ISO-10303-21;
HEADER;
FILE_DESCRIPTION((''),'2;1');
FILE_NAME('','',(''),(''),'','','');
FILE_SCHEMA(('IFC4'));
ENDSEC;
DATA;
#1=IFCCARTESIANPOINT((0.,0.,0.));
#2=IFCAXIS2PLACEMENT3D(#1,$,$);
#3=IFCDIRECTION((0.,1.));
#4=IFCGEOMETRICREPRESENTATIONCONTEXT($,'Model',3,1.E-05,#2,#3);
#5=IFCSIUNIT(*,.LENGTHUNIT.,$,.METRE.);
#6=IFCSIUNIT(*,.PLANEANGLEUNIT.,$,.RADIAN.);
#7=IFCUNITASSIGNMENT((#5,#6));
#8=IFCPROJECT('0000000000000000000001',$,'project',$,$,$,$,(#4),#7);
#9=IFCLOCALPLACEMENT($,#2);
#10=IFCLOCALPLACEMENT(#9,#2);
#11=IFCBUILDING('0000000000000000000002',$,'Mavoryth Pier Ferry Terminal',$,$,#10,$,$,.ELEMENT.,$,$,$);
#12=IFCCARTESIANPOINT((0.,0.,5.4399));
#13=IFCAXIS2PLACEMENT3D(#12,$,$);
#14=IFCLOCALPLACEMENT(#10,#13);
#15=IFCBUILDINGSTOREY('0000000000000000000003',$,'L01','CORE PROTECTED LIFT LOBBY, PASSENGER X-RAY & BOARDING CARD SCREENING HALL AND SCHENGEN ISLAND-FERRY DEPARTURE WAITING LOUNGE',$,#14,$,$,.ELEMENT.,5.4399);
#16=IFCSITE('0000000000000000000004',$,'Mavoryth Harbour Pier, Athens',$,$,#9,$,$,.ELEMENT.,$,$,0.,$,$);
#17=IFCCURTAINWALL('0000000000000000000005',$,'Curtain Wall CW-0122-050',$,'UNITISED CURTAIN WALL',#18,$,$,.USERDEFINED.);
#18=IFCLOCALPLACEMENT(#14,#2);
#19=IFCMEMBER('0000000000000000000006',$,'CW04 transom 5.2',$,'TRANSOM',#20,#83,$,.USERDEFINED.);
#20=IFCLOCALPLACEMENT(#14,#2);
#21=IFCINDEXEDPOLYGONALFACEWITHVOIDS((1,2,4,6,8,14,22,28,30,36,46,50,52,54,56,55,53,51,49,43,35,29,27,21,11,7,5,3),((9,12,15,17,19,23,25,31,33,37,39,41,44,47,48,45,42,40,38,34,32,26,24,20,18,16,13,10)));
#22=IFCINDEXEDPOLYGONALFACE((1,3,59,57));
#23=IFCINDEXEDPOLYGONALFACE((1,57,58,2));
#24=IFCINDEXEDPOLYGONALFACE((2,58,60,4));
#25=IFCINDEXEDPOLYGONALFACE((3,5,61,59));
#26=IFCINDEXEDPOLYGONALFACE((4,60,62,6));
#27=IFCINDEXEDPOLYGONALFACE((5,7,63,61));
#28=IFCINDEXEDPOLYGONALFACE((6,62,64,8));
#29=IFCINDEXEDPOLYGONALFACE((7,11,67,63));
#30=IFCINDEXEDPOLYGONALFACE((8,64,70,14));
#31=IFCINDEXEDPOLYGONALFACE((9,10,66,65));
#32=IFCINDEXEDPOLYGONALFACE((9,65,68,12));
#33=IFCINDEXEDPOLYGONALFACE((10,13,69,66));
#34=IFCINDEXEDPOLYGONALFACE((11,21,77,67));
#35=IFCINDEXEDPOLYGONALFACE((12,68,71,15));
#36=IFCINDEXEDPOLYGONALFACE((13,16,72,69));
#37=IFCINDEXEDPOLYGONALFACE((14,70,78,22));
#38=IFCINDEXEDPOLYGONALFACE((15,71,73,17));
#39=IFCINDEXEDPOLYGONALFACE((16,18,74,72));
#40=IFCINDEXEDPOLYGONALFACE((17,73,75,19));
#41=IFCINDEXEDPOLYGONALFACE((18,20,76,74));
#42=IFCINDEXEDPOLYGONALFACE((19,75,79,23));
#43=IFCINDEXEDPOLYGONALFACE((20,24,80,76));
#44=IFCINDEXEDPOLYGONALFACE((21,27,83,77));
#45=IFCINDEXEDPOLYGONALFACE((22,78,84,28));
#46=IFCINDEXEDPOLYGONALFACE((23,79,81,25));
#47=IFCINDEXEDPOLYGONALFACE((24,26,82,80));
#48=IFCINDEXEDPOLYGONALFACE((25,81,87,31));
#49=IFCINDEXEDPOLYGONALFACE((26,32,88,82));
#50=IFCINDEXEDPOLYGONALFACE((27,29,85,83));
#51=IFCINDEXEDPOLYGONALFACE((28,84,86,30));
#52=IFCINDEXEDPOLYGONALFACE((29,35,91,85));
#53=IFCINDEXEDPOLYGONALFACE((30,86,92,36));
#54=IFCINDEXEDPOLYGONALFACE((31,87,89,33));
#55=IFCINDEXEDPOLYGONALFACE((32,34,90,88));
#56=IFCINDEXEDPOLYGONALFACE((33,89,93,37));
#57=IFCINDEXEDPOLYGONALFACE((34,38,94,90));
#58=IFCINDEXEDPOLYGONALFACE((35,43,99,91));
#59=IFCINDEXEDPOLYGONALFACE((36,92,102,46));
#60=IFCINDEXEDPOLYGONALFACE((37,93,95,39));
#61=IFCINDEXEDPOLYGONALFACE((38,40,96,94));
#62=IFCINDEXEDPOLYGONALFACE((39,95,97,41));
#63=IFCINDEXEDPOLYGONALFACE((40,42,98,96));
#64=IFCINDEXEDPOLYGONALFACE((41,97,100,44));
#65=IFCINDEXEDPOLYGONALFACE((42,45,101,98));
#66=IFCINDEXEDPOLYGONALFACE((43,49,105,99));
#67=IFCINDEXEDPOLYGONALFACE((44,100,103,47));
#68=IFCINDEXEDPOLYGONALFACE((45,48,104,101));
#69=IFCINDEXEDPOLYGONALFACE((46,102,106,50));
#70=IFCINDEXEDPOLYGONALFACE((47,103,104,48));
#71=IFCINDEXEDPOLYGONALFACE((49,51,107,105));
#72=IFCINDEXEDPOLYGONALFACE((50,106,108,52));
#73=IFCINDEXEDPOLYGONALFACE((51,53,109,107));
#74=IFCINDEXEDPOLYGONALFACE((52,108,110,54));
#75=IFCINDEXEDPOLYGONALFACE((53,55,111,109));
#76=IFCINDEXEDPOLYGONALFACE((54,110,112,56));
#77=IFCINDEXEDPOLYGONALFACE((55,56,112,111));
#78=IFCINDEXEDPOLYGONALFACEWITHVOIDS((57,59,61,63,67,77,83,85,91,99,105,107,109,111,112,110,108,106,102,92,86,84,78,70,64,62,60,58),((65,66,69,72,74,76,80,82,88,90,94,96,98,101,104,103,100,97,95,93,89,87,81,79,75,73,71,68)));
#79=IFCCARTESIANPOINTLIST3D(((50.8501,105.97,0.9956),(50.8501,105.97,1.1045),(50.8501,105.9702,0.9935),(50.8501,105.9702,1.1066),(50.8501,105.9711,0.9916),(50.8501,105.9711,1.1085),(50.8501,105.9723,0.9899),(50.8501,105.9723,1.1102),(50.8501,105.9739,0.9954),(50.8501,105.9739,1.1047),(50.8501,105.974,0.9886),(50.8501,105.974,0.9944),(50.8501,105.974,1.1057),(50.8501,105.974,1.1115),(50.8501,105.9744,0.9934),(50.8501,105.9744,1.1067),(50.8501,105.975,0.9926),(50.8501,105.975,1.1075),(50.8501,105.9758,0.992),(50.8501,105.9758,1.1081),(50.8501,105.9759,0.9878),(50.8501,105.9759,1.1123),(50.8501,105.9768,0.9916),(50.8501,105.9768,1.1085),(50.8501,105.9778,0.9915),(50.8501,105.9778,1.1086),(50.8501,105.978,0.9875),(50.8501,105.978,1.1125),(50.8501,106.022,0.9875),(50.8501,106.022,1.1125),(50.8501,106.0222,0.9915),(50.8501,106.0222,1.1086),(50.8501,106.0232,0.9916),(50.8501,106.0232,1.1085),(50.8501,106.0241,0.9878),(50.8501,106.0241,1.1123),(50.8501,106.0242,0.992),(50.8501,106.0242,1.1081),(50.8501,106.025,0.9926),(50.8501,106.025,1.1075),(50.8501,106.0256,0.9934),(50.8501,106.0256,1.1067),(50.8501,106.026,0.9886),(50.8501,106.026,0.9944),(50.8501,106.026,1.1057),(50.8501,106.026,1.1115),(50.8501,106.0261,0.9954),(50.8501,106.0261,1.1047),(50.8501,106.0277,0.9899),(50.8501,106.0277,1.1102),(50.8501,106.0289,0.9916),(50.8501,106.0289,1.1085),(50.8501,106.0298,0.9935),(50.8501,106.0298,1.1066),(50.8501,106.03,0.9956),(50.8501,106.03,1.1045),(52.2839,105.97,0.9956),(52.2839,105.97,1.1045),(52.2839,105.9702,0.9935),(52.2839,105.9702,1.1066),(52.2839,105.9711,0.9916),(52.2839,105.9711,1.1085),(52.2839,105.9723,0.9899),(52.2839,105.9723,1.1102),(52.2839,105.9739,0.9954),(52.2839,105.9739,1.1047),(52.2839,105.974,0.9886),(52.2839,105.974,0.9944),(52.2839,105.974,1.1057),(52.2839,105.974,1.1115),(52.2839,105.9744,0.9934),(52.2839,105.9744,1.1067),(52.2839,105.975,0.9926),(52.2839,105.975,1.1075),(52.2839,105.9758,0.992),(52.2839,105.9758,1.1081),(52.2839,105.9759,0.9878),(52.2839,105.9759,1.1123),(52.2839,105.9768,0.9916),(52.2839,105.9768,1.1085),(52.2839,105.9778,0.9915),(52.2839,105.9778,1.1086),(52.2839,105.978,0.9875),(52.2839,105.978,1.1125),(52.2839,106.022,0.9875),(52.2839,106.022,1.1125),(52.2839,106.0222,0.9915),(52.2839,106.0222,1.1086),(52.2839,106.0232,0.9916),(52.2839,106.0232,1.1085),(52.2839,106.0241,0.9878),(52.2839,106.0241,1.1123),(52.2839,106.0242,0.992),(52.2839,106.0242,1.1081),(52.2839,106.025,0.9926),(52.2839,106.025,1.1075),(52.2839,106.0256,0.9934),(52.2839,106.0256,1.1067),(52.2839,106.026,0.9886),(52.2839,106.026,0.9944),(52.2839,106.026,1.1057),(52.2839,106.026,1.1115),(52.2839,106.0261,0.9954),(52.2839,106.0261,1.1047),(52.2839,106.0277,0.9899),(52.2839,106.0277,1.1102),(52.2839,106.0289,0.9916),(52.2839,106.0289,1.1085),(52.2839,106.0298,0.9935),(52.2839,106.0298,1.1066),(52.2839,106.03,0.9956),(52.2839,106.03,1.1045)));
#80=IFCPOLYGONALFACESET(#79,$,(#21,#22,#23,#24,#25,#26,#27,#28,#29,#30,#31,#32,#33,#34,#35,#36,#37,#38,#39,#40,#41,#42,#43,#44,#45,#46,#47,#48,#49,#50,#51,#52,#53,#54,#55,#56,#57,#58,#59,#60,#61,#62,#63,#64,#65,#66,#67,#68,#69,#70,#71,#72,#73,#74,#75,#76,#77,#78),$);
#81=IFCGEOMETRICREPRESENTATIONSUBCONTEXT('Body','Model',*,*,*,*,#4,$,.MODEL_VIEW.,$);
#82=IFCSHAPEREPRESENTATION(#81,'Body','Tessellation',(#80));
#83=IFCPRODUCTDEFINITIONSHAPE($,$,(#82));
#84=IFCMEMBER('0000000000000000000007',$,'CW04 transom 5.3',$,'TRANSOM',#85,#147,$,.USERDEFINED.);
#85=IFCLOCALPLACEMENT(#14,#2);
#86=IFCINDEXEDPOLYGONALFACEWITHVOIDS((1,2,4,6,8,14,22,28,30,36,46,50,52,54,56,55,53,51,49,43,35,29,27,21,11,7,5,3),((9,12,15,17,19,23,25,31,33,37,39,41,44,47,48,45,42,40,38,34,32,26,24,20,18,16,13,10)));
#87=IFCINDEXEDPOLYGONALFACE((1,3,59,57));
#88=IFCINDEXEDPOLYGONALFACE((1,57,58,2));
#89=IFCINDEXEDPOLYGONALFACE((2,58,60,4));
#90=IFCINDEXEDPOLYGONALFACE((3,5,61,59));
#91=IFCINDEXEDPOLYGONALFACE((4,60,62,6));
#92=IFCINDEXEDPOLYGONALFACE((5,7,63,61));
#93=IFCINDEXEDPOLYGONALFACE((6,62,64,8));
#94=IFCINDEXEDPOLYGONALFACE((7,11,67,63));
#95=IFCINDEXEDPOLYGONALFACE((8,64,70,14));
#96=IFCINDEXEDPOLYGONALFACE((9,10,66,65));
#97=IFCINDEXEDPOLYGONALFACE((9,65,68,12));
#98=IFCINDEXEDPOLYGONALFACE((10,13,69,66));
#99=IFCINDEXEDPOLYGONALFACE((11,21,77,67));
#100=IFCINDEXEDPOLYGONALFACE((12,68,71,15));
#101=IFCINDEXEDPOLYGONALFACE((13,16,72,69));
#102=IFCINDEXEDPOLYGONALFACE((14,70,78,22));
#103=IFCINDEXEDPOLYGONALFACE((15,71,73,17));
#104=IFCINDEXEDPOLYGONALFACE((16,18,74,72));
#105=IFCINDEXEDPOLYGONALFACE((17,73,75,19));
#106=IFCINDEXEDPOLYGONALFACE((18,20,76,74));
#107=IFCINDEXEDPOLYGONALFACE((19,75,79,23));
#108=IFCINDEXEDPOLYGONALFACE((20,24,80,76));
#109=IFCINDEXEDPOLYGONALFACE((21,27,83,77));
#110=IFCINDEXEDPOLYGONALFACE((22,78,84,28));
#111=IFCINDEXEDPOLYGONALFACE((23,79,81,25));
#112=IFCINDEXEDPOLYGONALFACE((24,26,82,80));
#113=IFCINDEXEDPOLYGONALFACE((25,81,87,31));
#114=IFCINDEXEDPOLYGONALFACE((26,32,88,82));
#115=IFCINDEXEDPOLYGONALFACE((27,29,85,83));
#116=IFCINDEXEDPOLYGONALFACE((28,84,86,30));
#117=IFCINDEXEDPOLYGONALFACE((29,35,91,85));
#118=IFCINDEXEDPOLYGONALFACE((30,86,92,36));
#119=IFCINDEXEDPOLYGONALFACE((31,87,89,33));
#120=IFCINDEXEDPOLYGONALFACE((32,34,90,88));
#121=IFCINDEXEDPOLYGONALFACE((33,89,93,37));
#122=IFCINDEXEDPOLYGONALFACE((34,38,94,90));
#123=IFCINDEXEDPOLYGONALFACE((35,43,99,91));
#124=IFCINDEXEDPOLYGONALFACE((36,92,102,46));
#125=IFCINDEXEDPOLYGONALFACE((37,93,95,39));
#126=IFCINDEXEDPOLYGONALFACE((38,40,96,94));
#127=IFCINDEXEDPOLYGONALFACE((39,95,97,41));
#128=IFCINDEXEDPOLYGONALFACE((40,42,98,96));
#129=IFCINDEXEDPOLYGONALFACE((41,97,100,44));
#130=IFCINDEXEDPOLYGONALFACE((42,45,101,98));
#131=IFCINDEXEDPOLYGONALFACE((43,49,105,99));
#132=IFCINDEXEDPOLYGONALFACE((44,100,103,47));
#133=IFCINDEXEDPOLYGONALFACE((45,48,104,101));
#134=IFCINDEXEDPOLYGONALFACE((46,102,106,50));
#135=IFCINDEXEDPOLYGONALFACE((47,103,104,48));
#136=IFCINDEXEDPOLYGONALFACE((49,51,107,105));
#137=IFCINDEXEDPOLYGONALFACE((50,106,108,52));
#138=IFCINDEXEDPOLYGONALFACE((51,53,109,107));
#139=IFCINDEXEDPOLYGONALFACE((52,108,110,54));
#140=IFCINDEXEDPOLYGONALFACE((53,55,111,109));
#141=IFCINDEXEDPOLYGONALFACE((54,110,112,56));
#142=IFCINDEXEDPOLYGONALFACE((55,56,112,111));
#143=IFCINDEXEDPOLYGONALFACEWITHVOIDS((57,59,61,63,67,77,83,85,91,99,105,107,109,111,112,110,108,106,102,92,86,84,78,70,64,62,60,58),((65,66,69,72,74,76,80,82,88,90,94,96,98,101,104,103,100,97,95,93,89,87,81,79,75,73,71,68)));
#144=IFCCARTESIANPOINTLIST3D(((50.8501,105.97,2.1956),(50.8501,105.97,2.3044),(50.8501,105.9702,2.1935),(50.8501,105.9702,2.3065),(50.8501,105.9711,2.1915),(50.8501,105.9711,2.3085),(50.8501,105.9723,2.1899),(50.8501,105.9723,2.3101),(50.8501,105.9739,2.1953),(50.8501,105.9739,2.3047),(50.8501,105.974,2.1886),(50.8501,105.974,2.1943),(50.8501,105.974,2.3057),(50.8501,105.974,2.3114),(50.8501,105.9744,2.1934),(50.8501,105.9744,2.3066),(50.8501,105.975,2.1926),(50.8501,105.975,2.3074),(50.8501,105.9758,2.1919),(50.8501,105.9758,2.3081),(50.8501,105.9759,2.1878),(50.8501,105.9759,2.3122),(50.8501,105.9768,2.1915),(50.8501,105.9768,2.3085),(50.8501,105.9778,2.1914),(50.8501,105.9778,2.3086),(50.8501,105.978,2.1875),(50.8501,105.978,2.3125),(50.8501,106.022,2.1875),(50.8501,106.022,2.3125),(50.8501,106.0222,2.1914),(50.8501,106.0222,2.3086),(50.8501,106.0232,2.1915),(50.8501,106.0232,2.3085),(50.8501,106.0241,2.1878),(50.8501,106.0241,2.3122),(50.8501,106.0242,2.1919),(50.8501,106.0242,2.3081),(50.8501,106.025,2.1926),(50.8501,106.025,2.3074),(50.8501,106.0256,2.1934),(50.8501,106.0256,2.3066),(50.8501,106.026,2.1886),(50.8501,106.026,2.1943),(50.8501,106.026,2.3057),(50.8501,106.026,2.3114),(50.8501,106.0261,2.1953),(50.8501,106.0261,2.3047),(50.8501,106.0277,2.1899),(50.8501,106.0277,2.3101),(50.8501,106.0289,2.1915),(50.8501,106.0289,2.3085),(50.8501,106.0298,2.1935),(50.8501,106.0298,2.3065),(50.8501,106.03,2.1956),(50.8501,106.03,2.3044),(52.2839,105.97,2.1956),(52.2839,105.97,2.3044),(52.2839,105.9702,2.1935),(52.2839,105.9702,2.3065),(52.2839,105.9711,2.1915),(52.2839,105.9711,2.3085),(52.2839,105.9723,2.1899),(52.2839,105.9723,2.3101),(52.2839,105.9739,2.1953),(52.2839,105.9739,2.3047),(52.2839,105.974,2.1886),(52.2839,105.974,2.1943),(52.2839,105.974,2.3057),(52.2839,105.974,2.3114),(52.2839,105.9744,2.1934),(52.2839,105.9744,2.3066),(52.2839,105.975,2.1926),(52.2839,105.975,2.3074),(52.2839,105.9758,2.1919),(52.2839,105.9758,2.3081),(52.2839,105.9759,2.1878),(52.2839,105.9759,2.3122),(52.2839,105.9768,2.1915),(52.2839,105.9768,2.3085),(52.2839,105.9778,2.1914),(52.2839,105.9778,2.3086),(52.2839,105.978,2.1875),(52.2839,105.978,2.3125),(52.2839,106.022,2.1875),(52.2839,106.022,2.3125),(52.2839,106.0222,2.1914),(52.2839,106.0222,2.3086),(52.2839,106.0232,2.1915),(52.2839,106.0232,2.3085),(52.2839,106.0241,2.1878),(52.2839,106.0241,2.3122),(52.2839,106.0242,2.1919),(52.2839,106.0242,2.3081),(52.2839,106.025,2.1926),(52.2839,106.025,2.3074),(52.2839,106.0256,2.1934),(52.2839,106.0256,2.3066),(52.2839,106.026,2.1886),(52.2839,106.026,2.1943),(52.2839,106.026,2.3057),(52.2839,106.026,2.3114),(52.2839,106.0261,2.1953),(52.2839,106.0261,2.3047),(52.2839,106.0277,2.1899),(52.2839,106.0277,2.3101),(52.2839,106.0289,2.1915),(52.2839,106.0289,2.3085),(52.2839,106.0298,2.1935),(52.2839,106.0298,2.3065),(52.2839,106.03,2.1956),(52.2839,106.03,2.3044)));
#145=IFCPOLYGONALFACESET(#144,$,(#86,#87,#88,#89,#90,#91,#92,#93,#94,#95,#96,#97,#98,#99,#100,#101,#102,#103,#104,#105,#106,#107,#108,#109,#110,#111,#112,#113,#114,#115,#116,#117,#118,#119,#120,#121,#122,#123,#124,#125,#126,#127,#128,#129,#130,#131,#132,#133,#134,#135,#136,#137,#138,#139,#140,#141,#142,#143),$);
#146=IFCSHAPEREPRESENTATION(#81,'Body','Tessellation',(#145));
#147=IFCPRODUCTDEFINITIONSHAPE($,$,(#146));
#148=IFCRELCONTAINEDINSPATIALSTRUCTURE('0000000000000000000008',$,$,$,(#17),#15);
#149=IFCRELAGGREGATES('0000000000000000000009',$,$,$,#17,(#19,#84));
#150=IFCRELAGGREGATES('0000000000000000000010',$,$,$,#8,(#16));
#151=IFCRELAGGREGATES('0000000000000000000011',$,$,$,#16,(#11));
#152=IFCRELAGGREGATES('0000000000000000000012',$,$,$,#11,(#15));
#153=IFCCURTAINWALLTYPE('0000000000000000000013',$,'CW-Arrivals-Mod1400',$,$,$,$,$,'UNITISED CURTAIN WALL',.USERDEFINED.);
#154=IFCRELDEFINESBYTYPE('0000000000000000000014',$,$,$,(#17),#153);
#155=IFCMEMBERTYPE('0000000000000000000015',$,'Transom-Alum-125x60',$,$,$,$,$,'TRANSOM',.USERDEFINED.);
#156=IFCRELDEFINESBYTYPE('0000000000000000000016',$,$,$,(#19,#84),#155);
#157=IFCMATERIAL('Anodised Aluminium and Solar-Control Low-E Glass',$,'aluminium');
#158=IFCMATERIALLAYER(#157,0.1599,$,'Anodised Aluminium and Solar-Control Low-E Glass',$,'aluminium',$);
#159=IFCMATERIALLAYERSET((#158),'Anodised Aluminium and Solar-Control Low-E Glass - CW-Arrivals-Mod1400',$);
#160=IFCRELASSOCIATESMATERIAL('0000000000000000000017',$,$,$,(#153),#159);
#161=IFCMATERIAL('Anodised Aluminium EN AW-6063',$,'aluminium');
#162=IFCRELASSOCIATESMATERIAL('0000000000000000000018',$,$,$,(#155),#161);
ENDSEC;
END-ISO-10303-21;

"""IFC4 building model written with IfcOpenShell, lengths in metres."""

from ifc_helpers import new_model, si_unit, direction, frame, origin, origin_2d, place, context, subcontext, project, spatial, hollow_rectangle, extrude, material, layer, layer_set, material_profile, profile_set, type_object, element, aggregate, save


model = new_model("IFC4")

# Units and contexts
model_context = context("Model", 3, precision=1e-05, world=origin(), true_north=direction((0.0, 1.0)))
body_context = subcontext(model_context, "Body", "Model", "MODEL_VIEW")
ifc_project = project(units=[si_unit("LENGTHUNIT", "METRE"), si_unit("PLANEANGLEUNIT", "RADIAN")], contexts=[model_context])

# Site, building, storey
site_placement = place(None, origin())
site = spatial("IfcSite", under=ifc_project, at=site_placement, Name="Mavoryth Harbour Pier, Athens", CompositionType="ELEMENT", RefElevation=0.0)
building_placement = place(site_placement, origin())
building = spatial("IfcBuilding", under=site, at=building_placement, Name="Mavoryth Pier Ferry Terminal", CompositionType="ELEMENT")
storey_placement = place(building_placement, frame((0.0, 0.0, 5.4399)))
storey = spatial("IfcBuildingStorey", under=building, at=storey_placement, Name="L01", Description="CORE PROTECTED LIFT LOBBY, PASSENGER X-RAY & BOARDING CARD SCREENING HALL AND SCHENGEN ISLAND-FERRY DEPARTURE WAITING LOUNGE", CompositionType="ELEMENT", Elevation=5.4399)

# Curtain wall
ifc_material_1 = material(Name="Anodised Aluminium and Solar-Control Low-E Glass", Category="aluminium")
ifc_layer_1 = layer(ifc_material_1, 0.1599, Name="Anodised Aluminium and Solar-Control Low-E Glass", Category="aluminium")
ifc_layer_set_1 = layer_set([ifc_layer_1], Name="Anodised Aluminium and Solar-Control Low-E Glass - CW-Arrivals-Mod1400")
curtain_wall_type = type_object("IfcCurtainWallType", Name="CW-Arrivals-Mod1400", ElementType="UNITISED CURTAIN WALL", PredefinedType="USERDEFINED", material=ifc_layer_set_1)
curtain_wall_placement = place(storey_placement, origin())
curtain_wall = element("IfcCurtainWall", 1, at=curtain_wall_placement, inside=storey, type_object=curtain_wall_type, Name="Curtain Wall CW-0122-050", ObjectType="UNITISED CURTAIN WALL", PredefinedType="USERDEFINED")
ifc_material_2 = material(Name="Anodised Aluminium EN AW-6063", Category="aluminium")

# Members
ifc_material_profile_1 = material_profile(ifc_material_2, hollow_rectangle(XDim=0.0601, YDim=0.125, WallThickness=0.0039, InnerFilletRadius=0.0039, OuterFilletRadius=0.0081, at=origin_2d()), Name="AL-TRAN 125x60x4", Category="aluminium")
ifc_profile_set_1 = profile_set([ifc_material_profile_1], Name="Anodised Aluminium EN AW-6063 - AL-TRAN 125x60x4")
member_type_1 = type_object("IfcMemberType", Name="Transom-Alum-125x60", ElementType="TRANSOM", PredefinedType="USERDEFINED", material=ifc_profile_set_1)
member_1_placement = place(storey_placement, frame((52.2839, 106.0, 1.05), z_axis=(-1.0, 0.0, 0.0), x_axis=(0.0, -1.0, 0.0)))
member_1 = element("IfcMember", 2, at=member_1_placement, type_object=member_type_1, Name="CW04 transom 5.2", ObjectType="TRANSOM", PredefinedType="USERDEFINED", context=body_context, shape_type="SweptSolid", body=[
    extrude(hollow_rectangle(XDim=0.0601, YDim=0.125, WallThickness=0.0039, InnerFilletRadius=0.0039, OuterFilletRadius=0.0081, at=origin_2d()), origin(), (0.0, 0.0, 1.0), 1.4338),
])
member_2_placement = place(storey_placement, frame((52.2839, 106.0, 2.25), z_axis=(-1.0, 0.0, 0.0), x_axis=(0.0, -1.0, 0.0)))
member_2 = element("IfcMember", 3, at=member_2_placement, type_object=member_type_1, Name="CW04 transom 5.3", ObjectType="TRANSOM", PredefinedType="USERDEFINED", context=body_context, shape_type="SweptSolid", body=[
    extrude(hollow_rectangle(XDim=0.0601, YDim=0.125, WallThickness=0.0039, InnerFilletRadius=0.0039, OuterFilletRadius=0.0081, at=origin_2d()), origin(), (0.0, 0.0, 1.0), 1.4338),
])

aggregate(curtain_wall, [member_1, member_2])

save(model, "model.ifc")
